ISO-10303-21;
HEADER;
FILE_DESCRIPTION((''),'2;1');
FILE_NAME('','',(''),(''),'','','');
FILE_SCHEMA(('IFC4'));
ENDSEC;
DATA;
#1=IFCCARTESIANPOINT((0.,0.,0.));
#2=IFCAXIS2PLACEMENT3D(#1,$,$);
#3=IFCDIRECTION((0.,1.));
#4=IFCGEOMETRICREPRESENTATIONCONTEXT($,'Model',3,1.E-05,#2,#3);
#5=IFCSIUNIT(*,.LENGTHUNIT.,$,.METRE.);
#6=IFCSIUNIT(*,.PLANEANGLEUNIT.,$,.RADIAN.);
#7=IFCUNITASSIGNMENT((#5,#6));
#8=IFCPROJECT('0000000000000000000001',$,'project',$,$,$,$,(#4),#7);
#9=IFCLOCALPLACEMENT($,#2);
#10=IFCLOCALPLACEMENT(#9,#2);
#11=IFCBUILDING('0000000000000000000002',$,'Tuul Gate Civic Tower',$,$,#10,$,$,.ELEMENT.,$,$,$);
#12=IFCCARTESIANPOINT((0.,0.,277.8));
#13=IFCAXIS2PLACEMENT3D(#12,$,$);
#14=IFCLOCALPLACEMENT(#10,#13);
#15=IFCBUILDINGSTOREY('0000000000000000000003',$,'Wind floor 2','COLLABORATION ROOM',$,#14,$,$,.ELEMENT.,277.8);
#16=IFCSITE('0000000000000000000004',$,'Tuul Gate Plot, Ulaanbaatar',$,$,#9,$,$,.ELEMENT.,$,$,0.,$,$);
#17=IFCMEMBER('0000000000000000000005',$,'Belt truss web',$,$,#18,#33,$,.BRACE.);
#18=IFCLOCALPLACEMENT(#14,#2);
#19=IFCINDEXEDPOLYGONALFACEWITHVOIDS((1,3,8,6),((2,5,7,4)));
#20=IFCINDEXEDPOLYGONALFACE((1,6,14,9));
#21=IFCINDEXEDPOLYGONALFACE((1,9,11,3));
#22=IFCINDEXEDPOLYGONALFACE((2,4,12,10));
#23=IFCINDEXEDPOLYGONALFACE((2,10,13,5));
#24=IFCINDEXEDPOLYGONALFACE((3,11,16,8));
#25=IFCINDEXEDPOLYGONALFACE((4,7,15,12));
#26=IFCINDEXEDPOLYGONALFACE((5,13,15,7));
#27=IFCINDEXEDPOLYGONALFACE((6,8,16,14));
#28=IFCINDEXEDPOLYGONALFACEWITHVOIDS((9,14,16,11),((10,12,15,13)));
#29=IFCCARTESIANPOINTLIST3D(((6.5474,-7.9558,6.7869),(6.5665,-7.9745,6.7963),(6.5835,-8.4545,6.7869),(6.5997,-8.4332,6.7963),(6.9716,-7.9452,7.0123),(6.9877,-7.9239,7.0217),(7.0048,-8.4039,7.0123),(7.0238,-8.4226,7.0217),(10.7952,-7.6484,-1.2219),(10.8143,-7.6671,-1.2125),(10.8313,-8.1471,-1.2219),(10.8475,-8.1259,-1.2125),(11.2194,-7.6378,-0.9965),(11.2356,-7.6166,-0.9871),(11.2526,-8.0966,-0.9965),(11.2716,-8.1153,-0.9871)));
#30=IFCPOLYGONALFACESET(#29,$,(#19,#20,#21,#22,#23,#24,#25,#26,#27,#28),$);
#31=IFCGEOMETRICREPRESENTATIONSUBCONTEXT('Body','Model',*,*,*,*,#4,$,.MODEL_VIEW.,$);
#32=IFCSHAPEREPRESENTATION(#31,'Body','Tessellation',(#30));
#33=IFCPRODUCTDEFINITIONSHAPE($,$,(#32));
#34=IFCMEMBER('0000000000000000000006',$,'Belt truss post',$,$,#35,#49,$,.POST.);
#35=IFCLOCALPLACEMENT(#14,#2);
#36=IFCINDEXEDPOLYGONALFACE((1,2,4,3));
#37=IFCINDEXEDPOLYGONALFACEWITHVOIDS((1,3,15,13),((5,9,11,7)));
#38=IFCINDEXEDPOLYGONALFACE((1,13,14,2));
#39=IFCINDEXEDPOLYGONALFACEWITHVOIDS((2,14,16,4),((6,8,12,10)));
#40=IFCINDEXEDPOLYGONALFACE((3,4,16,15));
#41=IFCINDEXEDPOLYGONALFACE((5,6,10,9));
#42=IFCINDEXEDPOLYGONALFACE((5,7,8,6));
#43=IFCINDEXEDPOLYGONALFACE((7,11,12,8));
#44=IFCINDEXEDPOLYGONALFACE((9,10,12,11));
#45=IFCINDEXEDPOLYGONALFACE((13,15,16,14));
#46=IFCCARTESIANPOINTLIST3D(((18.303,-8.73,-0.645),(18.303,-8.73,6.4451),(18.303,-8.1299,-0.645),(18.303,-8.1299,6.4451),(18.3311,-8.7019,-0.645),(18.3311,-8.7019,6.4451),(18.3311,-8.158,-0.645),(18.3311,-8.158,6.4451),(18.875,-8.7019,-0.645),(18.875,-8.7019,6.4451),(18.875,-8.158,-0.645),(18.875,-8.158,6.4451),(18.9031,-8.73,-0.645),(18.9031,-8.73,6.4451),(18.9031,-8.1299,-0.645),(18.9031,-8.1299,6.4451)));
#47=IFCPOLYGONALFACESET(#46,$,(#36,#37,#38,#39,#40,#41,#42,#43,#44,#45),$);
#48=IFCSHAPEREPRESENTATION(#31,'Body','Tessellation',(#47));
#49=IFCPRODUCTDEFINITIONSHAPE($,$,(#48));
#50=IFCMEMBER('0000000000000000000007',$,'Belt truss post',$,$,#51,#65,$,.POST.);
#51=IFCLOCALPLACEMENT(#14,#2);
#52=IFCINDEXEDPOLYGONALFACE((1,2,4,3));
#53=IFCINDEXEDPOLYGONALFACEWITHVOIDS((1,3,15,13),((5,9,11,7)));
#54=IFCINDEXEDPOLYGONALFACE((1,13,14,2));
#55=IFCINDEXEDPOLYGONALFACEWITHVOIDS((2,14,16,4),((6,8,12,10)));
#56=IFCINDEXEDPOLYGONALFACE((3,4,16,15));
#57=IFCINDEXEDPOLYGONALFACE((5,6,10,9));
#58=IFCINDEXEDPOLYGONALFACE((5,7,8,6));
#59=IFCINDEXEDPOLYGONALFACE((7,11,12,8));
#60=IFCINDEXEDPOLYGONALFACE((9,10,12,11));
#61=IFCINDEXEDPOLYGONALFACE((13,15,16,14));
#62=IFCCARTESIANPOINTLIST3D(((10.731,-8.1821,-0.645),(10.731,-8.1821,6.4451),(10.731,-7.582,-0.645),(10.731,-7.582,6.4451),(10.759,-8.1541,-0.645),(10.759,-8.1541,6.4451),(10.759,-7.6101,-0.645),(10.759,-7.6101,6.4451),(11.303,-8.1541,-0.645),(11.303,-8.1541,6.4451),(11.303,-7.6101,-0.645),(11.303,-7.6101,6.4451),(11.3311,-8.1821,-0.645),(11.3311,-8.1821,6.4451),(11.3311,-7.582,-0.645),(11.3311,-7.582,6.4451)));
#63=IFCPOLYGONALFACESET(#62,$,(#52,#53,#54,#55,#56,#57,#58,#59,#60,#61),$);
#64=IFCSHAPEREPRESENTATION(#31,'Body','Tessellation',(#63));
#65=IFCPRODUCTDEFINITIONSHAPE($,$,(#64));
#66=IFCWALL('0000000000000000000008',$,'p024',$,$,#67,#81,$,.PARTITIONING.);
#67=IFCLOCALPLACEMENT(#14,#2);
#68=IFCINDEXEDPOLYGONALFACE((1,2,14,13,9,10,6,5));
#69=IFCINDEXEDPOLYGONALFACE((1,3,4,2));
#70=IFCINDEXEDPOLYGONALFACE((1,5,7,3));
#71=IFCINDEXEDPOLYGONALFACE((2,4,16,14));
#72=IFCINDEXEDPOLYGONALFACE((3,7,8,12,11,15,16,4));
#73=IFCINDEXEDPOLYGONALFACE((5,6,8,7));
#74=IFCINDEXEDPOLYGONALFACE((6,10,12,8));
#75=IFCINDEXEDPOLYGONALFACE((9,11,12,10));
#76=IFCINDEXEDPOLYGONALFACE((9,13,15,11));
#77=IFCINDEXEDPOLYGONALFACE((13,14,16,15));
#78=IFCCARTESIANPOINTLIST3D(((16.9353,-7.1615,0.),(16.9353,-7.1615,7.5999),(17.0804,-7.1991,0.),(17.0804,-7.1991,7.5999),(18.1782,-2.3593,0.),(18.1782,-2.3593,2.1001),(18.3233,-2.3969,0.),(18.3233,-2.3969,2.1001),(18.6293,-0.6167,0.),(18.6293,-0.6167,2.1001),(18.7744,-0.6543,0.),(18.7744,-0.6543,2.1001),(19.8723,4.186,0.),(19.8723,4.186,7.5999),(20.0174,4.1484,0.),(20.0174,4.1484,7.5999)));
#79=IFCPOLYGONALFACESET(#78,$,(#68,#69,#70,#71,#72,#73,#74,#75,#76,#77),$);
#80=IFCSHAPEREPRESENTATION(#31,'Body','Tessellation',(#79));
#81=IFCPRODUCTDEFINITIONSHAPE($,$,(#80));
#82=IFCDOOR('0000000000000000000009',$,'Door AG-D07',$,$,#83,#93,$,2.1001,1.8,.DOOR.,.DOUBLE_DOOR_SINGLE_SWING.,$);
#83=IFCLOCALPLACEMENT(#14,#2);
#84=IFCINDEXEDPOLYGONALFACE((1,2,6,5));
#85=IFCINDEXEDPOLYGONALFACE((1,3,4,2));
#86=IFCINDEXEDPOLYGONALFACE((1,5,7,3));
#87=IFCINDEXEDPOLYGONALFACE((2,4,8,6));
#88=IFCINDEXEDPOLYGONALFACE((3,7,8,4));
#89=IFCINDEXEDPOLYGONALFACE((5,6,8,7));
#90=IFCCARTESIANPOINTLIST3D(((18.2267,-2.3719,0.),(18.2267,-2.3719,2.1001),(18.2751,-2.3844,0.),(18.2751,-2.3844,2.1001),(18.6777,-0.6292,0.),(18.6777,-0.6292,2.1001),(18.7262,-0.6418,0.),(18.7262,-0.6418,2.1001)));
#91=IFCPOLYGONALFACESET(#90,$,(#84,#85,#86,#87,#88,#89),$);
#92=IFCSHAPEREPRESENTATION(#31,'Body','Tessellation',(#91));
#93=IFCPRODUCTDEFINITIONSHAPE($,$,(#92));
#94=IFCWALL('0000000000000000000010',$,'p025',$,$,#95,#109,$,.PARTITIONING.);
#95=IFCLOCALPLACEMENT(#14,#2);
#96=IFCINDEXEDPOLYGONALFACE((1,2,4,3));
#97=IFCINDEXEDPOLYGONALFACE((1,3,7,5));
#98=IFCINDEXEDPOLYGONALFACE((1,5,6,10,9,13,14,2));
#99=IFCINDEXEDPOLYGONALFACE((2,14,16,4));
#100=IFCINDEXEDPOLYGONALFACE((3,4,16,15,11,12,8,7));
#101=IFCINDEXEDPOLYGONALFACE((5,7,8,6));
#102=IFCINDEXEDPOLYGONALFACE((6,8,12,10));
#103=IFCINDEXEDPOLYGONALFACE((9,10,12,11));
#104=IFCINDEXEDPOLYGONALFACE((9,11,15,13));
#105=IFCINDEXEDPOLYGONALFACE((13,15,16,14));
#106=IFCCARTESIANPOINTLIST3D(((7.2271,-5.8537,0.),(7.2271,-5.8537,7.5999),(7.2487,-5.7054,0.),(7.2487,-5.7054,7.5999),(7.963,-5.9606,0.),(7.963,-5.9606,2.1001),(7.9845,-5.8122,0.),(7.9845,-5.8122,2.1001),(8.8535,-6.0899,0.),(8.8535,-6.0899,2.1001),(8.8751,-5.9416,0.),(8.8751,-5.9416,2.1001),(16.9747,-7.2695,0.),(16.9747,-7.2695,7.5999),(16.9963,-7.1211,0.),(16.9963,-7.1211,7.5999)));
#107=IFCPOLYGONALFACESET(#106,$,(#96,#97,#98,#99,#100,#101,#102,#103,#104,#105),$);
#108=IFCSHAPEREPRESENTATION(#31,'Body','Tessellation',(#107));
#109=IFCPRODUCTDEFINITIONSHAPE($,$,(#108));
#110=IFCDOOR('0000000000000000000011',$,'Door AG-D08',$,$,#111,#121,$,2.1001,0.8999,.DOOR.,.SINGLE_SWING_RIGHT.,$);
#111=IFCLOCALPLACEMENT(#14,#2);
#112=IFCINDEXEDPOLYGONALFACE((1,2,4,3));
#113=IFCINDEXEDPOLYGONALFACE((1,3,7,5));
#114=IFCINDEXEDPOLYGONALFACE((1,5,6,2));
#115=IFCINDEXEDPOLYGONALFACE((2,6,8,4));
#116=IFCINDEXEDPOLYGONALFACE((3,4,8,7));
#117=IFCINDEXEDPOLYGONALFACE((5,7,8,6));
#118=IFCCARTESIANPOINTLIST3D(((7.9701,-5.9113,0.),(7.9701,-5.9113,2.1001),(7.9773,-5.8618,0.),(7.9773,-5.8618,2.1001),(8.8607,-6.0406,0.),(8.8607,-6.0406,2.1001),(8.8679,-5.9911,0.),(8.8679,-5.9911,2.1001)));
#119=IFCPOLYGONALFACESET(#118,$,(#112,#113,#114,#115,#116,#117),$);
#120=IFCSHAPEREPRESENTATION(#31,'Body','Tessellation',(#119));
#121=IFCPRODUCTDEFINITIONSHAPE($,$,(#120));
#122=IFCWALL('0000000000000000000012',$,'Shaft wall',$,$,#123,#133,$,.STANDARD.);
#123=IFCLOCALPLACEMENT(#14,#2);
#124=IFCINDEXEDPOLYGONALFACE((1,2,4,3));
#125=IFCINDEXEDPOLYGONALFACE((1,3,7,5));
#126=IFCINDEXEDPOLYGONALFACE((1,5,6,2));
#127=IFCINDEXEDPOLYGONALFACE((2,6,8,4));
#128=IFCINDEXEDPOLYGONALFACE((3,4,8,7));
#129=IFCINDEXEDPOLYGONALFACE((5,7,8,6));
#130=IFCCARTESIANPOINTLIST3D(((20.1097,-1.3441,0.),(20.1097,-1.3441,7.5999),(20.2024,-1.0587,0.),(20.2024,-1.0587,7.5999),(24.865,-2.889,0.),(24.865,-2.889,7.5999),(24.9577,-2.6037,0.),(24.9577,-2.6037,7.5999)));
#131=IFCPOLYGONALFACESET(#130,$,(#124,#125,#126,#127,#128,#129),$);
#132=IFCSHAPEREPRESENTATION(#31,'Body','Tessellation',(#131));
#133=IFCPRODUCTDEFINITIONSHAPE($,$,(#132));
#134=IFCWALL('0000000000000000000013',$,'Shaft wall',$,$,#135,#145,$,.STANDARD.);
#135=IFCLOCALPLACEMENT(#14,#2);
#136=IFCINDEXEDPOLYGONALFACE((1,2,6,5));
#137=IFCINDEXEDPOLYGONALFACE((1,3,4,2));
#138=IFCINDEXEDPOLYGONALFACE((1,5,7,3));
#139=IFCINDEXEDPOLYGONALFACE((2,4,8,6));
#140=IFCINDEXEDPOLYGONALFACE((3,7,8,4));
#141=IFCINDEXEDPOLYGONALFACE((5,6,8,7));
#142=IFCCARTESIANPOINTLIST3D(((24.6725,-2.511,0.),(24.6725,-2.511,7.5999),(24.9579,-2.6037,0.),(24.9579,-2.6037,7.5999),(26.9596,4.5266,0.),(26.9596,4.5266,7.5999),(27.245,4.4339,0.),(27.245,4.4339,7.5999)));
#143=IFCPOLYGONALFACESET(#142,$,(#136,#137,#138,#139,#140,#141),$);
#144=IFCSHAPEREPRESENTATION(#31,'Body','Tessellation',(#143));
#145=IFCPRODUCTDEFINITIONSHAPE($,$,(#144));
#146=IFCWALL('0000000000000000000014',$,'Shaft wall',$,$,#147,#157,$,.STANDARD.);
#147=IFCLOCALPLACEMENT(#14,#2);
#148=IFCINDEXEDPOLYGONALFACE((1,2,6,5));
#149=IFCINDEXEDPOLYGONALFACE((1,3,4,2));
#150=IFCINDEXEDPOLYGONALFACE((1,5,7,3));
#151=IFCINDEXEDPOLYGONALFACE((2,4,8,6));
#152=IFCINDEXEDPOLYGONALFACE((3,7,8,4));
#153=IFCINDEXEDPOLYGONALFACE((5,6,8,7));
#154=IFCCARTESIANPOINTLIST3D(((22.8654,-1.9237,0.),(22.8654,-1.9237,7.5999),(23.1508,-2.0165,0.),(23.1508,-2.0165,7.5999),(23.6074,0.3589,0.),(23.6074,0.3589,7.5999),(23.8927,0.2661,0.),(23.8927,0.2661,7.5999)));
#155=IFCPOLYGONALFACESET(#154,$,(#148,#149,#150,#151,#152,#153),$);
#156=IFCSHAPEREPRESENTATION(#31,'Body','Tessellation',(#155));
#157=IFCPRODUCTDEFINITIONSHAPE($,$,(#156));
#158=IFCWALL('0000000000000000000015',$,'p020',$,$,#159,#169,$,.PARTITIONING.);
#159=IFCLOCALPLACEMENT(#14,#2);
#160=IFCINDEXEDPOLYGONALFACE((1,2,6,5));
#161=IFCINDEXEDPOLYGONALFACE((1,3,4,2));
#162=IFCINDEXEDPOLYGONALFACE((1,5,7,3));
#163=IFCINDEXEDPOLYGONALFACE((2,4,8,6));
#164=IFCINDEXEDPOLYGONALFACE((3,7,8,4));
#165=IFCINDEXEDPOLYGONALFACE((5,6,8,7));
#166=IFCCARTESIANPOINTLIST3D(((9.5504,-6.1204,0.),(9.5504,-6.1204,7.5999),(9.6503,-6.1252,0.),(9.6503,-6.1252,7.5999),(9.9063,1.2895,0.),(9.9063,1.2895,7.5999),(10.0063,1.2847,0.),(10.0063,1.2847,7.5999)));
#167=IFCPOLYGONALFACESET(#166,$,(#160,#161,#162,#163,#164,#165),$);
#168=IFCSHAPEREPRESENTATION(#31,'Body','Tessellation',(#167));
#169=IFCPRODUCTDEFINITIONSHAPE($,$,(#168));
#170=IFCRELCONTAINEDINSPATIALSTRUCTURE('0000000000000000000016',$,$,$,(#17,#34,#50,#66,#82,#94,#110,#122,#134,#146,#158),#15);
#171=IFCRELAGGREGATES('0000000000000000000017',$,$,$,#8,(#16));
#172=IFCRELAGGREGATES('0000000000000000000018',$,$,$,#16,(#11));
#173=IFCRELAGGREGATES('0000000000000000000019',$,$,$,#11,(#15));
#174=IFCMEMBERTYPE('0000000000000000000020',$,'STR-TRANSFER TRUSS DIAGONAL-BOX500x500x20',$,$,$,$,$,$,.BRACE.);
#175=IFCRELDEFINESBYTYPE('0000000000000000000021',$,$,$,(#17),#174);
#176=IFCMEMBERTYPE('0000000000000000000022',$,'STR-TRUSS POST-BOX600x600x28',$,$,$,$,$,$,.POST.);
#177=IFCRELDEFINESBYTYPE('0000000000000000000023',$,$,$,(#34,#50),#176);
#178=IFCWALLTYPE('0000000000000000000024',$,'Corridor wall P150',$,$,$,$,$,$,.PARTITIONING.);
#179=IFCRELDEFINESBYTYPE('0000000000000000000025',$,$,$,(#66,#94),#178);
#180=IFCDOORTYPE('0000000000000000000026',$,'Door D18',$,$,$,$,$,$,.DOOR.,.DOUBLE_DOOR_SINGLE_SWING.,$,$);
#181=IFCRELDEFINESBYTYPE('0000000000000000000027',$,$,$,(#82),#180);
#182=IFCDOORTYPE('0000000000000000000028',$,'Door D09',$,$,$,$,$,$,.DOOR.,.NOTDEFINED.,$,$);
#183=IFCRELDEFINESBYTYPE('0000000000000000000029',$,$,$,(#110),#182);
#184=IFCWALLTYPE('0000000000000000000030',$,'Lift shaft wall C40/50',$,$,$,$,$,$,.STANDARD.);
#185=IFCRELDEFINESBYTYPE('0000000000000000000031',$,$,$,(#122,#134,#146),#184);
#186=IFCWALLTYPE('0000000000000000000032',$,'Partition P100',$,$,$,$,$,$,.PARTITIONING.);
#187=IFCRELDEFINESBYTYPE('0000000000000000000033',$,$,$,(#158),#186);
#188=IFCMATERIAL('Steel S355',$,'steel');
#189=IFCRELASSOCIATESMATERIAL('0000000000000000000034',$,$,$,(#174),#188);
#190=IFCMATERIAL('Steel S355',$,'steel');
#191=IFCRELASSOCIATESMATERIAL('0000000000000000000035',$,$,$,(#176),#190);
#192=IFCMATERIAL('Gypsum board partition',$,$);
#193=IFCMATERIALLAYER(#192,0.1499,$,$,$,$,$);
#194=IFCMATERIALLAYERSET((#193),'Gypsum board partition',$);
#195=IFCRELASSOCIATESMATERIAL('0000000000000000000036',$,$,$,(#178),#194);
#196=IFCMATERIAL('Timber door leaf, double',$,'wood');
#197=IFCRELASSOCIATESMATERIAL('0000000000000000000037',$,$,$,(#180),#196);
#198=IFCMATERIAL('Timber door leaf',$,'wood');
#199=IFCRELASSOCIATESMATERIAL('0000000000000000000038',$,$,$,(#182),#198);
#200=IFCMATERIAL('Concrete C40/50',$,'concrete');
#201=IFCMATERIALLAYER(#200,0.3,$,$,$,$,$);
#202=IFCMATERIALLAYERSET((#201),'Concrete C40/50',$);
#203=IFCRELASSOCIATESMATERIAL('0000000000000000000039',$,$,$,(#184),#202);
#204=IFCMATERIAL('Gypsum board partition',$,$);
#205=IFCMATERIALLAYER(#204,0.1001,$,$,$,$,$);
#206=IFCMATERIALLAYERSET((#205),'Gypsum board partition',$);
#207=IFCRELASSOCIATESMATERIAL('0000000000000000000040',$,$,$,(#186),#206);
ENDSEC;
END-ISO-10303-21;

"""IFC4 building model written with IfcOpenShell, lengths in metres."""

from ifc_helpers import new_model, si_unit, direction, frame, frame_2d, origin, origin_2d, place, context, subcontext, project, spatial, rectangle, hollow_rectangle, extrude, material, layer, layer_set, material_profile, profile_set, type_object, element, fill, save


model = new_model("IFC4")

# Units and contexts
model_context = context("Model", 3, precision=1e-05, world=origin(), true_north=direction((0.0, 1.0)))
body_context = subcontext(model_context, "Body", "Model", "MODEL_VIEW")
ifc_project = project(units=[si_unit("LENGTHUNIT", "METRE"), si_unit("PLANEANGLEUNIT", "RADIAN")], contexts=[model_context])

# Site, building, storey
site_placement = place(None, origin())
site = spatial("IfcSite", under=ifc_project, at=site_placement, Name="Tuul Gate Plot, Ulaanbaatar", CompositionType="ELEMENT", RefElevation=0.0)
building_placement = place(site_placement, origin())
building = spatial("IfcBuilding", under=site, at=building_placement, Name="Tuul Gate Civic Tower", CompositionType="ELEMENT")
storey_placement = place(building_placement, frame((0.0, 0.0, 277.8)))
storey = spatial("IfcBuildingStorey", under=building, at=storey_placement, Name="Wind floor 2", Description="COLLABORATION ROOM", CompositionType="ELEMENT", Elevation=277.8)

# Members
ifc_material_1 = material(Name="Steel S355", Category="steel")
ifc_material_profile_1 = material_profile(ifc_material_1, hollow_rectangle(XDim=0.5, YDim=0.5, WallThickness=0.02, at=origin_2d()), Name="BOX500x500x20")
ifc_profile_set_1 = profile_set([ifc_material_profile_1], Name="Steel S355")
member_type_1 = type_object("IfcMemberType", Name="STR-TRANSFER TRUSS DIAGONAL-BOX500x500x20", PredefinedType="BRACE", material=ifc_profile_set_1)
member_placement = place(storey_placement, frame((11.0334, -7.8818, -1.1045), z_axis=(-0.468295, -0.033886, 0.882922), x_axis=(0.072172, -0.997392, 0.0)))
element("IfcMember", 1, at=member_placement, inside=storey, type_object=member_type_1, Name="Belt truss web", PredefinedType="BRACE", context=body_context, shape_type="SweptSolid", body=[
    extrude(hollow_rectangle(XDim=0.5, YDim=0.5, WallThickness=0.02, at=origin_2d()), origin(), (0.0, 0.0, 1.0), 9.0708),
])
ifc_material_2 = material(Name="Steel S355", Category="steel")
ifc_material_profile_2 = material_profile(ifc_material_2, hollow_rectangle(XDim=0.6001, YDim=0.6001, WallThickness=0.0281, at=origin_2d()), Name="BOX600x600x28")
ifc_profile_set_2 = profile_set([ifc_material_profile_2], Name="Steel S355")
member_type_2 = type_object("IfcMemberType", Name="STR-TRUSS POST-BOX600x600x28", PredefinedType="POST", material=ifc_profile_set_2)
for number, where, z_axis, x_axis, name in (
    (2, (18.603, -8.4299, -0.645), (0.0, 0.0, 1.0), (1.0, 0.0, 0.0), "Belt truss post"),
    (3, (11.031, -7.8821, -0.645), (0.0, 0.0, 1.0), (1.0, 0.0, 0.0), "Belt truss post"),
):
    element("IfcMember", number, at=place(storey_placement, frame(where, z_axis=z_axis, x_axis=x_axis)), inside=storey, type_object=member_type_2, Name=name, PredefinedType="POST", context=body_context, shape_type="SweptSolid", body=[
        extrude(hollow_rectangle(XDim=0.6001, YDim=0.6001, WallThickness=0.0281, at=origin_2d()), origin(), (0.0, 0.0, 1.0), 7.0901),
    ])

# Walls, openings, doors
ifc_material_3 = material(Name="Gypsum board partition")
ifc_layer_1 = layer(ifc_material_3, 0.1499)
ifc_layer_set_1 = layer_set([ifc_layer_1], Name="Gypsum board partition")
wall_type_1 = type_object("IfcWallType", Name="Corridor wall P150", PredefinedType="PARTITIONING", material=ifc_layer_set_1)
wall_1_placement = place(storey_placement, frame((17.0078, -7.1804, 0.0), z_axis=(0.0, 0.0, 1.0), x_axis=(0.25057, 0.968099, 0.0)))
wall_1 = element("IfcWall", 4, at=wall_1_placement, inside=storey, type_object=wall_type_1, Name="p024", PredefinedType="PARTITIONING", context=body_context, shape_type="SweptSolid", body=[
    extrude(rectangle(XDim=11.7214, YDim=0.1499, at=frame_2d((5.8608, 0.0))), origin(), (0.0, 0.0, 1.0), 7.5999),
])
opening_1_placement = place(wall_1_placement, frame((4.9607, 0.0, 0.0)))
opening_1 = element("IfcOpeningElement", 5, at=opening_1_placement, cuts=wall_1, PredefinedType="OPENING", context=body_context, shape_type="SweptSolid", body=[
    extrude(rectangle(XDim=1.8, YDim=2.1001, at=frame_2d((0.8999, 1.05))), frame((0.0, 0.085, 0.0), z_axis=(0.0, -1.0, 0.0), x_axis=(1.0, 0.0, 0.0)), (0.0, 0.0, 1.0), 0.1699),
])
ifc_material_4 = material(Name="Timber door leaf, double", Category="wood")
door_type_1 = type_object("IfcDoorType", Name="Door D18", OperationType="DOUBLE_DOOR_SINGLE_SWING", PredefinedType="DOOR", material=ifc_material_4)
door_1_placement = place(opening_1_placement, origin())
door_1 = element("IfcDoor", 6, at=door_1_placement, inside=storey, type_object=door_type_1, Name="Door AG-D07", OperationType="DOUBLE_DOOR_SINGLE_SWING", OverallHeight=2.1001, OverallWidth=1.8, PredefinedType="DOOR", context=body_context, shape_type="SweptSolid", body=[
    extrude(rectangle(XDim=1.8, YDim=2.1001, at=frame_2d((0.8999, 1.05))), frame((0.0, 0.0249, 0.0), z_axis=(0.0, -1.0, 0.0), x_axis=(1.0, 0.0, 0.0)), (0.0, 0.0, 1.0), 0.05),
])
fill(opening_1, door_1)
wall_2_placement = place(storey_placement, frame((7.238, -5.7795, 0.0), z_axis=(0.0, 0.0, 1.0), x_axis=(0.989616, -0.143736, 0.0)))
wall_2 = element("IfcWall", 7, at=wall_2_placement, inside=storey, type_object=wall_type_1, Name="p025", PredefinedType="PARTITIONING", context=body_context, shape_type="SweptSolid", body=[
    extrude(rectangle(XDim=9.8499, YDim=0.1499, at=frame_2d((4.9248, 0.0))), origin(), (0.0, 0.0, 1.0), 7.5999),
])
opening_2_placement = place(wall_2_placement, frame((0.7434, 0.0, 0.0)))
opening_2 = element("IfcOpeningElement", 8, at=opening_2_placement, cuts=wall_2, PredefinedType="OPENING", context=body_context, shape_type="SweptSolid", body=[
    extrude(rectangle(XDim=0.8999, YDim=2.1001, at=frame_2d((0.45, 1.05))), frame((0.0, 0.085, 0.0), z_axis=(0.0, -1.0, 0.0), x_axis=(1.0, 0.0, 0.0)), (0.0, 0.0, 1.0), 0.1699),
])
ifc_material_5 = material(Name="Timber door leaf", Category="wood")
door_type_2 = type_object("IfcDoorType", Name="Door D09", OperationType="NOTDEFINED", PredefinedType="DOOR", material=ifc_material_5)
door_2_placement = place(opening_2_placement, origin())
door_2 = element("IfcDoor", 9, at=door_2_placement, inside=storey, type_object=door_type_2, Name="Door AG-D08", OperationType="SINGLE_SWING_RIGHT", OverallHeight=2.1001, OverallWidth=0.8999, PredefinedType="DOOR", context=body_context, shape_type="SweptSolid", body=[
    extrude(rectangle(XDim=0.8999, YDim=2.1001, at=frame_2d((0.45, 1.05))), frame((0.0, 0.0249, 0.0), z_axis=(0.0, -1.0, 0.0), x_axis=(1.0, 0.0, 0.0)), (0.0, 0.0, 1.0), 0.05),
])
fill(opening_2, door_2)

# Walls
ifc_material_6 = material(Name="Concrete C40/50", Category="concrete")
ifc_layer_2 = layer(ifc_material_6, 0.3)
ifc_layer_set_2 = layer_set([ifc_layer_2], Name="Concrete C40/50")
wall_type_2 = type_object("IfcWallType", Name="Lift shaft wall C40/50", PredefinedType="STANDARD", material=ifc_layer_set_2)
wall_3_placement = place(storey_placement, frame((24.9114, -2.7463, 0.0), z_axis=(0.0, 0.0, 1.0), x_axis=(-0.951068, 0.308982, 0.0)))
element("IfcWall", 10, at=wall_3_placement, inside=storey, type_object=wall_type_2, Name="Shaft wall", PredefinedType="STANDARD", context=body_context, shape_type="SweptSolid", body=[
    extrude(rectangle(XDim=5.0, YDim=0.3, at=frame_2d((2.5, 0.0))), origin(), (0.0, 0.0, 1.0), 7.5999),
])
wall_4_placement = place(storey_placement, frame((24.8152, -2.5574, 0.0), z_axis=(0.0, 0.0, 1.0), x_axis=(0.309073, 0.951038, 0.0)))
element("IfcWall", 11, at=wall_4_placement, inside=storey, type_object=wall_type_2, Name="Shaft wall", PredefinedType="STANDARD", context=body_context, shape_type="SweptSolid", body=[
    extrude(rectangle(XDim=7.3999, YDim=0.3, at=frame_2d((3.7, 0.0))), origin(), (0.0, 0.0, 1.0), 7.5999),
])
wall_5_placement = place(storey_placement, frame((23.0081, -1.9702, 0.0), z_axis=(0.0, 0.0, 1.0), x_axis=(0.309139, 0.951017, 0.0)))
element("IfcWall", 12, at=wall_5_placement, inside=storey, type_object=wall_type_2, Name="Shaft wall", PredefinedType="STANDARD", context=body_context, shape_type="SweptSolid", body=[
    extrude(rectangle(XDim=2.4001, YDim=0.3, at=frame_2d((1.2002, 0.0))), origin(), (0.0, 0.0, 1.0), 7.5999),
])
ifc_material_7 = material(Name="Gypsum board partition")
ifc_layer_3 = layer(ifc_material_7, 0.1001)
ifc_layer_set_3 = layer_set([ifc_layer_3], Name="Gypsum board partition")
wall_type_3 = type_object("IfcWallType", Name="Partition P100", PredefinedType="PARTITIONING", material=ifc_layer_set_3)
wall_6_placement = place(storey_placement, frame((9.6003, -6.1228, 0.0), z_axis=(0.0, 0.0, 1.0), x_axis=(0.047983, 0.998848, 0.0)))
element("IfcWall", 13, at=wall_6_placement, inside=storey, type_object=wall_type_3, Name="p020", PredefinedType="PARTITIONING", context=body_context, shape_type="SweptSolid", body=[
    extrude(rectangle(XDim=7.4185, YDim=0.1001, at=frame_2d((3.7092, 0.0))), origin(), (0.0, 0.0, 1.0), 7.5999),
])

save(model, "model.ifc")
